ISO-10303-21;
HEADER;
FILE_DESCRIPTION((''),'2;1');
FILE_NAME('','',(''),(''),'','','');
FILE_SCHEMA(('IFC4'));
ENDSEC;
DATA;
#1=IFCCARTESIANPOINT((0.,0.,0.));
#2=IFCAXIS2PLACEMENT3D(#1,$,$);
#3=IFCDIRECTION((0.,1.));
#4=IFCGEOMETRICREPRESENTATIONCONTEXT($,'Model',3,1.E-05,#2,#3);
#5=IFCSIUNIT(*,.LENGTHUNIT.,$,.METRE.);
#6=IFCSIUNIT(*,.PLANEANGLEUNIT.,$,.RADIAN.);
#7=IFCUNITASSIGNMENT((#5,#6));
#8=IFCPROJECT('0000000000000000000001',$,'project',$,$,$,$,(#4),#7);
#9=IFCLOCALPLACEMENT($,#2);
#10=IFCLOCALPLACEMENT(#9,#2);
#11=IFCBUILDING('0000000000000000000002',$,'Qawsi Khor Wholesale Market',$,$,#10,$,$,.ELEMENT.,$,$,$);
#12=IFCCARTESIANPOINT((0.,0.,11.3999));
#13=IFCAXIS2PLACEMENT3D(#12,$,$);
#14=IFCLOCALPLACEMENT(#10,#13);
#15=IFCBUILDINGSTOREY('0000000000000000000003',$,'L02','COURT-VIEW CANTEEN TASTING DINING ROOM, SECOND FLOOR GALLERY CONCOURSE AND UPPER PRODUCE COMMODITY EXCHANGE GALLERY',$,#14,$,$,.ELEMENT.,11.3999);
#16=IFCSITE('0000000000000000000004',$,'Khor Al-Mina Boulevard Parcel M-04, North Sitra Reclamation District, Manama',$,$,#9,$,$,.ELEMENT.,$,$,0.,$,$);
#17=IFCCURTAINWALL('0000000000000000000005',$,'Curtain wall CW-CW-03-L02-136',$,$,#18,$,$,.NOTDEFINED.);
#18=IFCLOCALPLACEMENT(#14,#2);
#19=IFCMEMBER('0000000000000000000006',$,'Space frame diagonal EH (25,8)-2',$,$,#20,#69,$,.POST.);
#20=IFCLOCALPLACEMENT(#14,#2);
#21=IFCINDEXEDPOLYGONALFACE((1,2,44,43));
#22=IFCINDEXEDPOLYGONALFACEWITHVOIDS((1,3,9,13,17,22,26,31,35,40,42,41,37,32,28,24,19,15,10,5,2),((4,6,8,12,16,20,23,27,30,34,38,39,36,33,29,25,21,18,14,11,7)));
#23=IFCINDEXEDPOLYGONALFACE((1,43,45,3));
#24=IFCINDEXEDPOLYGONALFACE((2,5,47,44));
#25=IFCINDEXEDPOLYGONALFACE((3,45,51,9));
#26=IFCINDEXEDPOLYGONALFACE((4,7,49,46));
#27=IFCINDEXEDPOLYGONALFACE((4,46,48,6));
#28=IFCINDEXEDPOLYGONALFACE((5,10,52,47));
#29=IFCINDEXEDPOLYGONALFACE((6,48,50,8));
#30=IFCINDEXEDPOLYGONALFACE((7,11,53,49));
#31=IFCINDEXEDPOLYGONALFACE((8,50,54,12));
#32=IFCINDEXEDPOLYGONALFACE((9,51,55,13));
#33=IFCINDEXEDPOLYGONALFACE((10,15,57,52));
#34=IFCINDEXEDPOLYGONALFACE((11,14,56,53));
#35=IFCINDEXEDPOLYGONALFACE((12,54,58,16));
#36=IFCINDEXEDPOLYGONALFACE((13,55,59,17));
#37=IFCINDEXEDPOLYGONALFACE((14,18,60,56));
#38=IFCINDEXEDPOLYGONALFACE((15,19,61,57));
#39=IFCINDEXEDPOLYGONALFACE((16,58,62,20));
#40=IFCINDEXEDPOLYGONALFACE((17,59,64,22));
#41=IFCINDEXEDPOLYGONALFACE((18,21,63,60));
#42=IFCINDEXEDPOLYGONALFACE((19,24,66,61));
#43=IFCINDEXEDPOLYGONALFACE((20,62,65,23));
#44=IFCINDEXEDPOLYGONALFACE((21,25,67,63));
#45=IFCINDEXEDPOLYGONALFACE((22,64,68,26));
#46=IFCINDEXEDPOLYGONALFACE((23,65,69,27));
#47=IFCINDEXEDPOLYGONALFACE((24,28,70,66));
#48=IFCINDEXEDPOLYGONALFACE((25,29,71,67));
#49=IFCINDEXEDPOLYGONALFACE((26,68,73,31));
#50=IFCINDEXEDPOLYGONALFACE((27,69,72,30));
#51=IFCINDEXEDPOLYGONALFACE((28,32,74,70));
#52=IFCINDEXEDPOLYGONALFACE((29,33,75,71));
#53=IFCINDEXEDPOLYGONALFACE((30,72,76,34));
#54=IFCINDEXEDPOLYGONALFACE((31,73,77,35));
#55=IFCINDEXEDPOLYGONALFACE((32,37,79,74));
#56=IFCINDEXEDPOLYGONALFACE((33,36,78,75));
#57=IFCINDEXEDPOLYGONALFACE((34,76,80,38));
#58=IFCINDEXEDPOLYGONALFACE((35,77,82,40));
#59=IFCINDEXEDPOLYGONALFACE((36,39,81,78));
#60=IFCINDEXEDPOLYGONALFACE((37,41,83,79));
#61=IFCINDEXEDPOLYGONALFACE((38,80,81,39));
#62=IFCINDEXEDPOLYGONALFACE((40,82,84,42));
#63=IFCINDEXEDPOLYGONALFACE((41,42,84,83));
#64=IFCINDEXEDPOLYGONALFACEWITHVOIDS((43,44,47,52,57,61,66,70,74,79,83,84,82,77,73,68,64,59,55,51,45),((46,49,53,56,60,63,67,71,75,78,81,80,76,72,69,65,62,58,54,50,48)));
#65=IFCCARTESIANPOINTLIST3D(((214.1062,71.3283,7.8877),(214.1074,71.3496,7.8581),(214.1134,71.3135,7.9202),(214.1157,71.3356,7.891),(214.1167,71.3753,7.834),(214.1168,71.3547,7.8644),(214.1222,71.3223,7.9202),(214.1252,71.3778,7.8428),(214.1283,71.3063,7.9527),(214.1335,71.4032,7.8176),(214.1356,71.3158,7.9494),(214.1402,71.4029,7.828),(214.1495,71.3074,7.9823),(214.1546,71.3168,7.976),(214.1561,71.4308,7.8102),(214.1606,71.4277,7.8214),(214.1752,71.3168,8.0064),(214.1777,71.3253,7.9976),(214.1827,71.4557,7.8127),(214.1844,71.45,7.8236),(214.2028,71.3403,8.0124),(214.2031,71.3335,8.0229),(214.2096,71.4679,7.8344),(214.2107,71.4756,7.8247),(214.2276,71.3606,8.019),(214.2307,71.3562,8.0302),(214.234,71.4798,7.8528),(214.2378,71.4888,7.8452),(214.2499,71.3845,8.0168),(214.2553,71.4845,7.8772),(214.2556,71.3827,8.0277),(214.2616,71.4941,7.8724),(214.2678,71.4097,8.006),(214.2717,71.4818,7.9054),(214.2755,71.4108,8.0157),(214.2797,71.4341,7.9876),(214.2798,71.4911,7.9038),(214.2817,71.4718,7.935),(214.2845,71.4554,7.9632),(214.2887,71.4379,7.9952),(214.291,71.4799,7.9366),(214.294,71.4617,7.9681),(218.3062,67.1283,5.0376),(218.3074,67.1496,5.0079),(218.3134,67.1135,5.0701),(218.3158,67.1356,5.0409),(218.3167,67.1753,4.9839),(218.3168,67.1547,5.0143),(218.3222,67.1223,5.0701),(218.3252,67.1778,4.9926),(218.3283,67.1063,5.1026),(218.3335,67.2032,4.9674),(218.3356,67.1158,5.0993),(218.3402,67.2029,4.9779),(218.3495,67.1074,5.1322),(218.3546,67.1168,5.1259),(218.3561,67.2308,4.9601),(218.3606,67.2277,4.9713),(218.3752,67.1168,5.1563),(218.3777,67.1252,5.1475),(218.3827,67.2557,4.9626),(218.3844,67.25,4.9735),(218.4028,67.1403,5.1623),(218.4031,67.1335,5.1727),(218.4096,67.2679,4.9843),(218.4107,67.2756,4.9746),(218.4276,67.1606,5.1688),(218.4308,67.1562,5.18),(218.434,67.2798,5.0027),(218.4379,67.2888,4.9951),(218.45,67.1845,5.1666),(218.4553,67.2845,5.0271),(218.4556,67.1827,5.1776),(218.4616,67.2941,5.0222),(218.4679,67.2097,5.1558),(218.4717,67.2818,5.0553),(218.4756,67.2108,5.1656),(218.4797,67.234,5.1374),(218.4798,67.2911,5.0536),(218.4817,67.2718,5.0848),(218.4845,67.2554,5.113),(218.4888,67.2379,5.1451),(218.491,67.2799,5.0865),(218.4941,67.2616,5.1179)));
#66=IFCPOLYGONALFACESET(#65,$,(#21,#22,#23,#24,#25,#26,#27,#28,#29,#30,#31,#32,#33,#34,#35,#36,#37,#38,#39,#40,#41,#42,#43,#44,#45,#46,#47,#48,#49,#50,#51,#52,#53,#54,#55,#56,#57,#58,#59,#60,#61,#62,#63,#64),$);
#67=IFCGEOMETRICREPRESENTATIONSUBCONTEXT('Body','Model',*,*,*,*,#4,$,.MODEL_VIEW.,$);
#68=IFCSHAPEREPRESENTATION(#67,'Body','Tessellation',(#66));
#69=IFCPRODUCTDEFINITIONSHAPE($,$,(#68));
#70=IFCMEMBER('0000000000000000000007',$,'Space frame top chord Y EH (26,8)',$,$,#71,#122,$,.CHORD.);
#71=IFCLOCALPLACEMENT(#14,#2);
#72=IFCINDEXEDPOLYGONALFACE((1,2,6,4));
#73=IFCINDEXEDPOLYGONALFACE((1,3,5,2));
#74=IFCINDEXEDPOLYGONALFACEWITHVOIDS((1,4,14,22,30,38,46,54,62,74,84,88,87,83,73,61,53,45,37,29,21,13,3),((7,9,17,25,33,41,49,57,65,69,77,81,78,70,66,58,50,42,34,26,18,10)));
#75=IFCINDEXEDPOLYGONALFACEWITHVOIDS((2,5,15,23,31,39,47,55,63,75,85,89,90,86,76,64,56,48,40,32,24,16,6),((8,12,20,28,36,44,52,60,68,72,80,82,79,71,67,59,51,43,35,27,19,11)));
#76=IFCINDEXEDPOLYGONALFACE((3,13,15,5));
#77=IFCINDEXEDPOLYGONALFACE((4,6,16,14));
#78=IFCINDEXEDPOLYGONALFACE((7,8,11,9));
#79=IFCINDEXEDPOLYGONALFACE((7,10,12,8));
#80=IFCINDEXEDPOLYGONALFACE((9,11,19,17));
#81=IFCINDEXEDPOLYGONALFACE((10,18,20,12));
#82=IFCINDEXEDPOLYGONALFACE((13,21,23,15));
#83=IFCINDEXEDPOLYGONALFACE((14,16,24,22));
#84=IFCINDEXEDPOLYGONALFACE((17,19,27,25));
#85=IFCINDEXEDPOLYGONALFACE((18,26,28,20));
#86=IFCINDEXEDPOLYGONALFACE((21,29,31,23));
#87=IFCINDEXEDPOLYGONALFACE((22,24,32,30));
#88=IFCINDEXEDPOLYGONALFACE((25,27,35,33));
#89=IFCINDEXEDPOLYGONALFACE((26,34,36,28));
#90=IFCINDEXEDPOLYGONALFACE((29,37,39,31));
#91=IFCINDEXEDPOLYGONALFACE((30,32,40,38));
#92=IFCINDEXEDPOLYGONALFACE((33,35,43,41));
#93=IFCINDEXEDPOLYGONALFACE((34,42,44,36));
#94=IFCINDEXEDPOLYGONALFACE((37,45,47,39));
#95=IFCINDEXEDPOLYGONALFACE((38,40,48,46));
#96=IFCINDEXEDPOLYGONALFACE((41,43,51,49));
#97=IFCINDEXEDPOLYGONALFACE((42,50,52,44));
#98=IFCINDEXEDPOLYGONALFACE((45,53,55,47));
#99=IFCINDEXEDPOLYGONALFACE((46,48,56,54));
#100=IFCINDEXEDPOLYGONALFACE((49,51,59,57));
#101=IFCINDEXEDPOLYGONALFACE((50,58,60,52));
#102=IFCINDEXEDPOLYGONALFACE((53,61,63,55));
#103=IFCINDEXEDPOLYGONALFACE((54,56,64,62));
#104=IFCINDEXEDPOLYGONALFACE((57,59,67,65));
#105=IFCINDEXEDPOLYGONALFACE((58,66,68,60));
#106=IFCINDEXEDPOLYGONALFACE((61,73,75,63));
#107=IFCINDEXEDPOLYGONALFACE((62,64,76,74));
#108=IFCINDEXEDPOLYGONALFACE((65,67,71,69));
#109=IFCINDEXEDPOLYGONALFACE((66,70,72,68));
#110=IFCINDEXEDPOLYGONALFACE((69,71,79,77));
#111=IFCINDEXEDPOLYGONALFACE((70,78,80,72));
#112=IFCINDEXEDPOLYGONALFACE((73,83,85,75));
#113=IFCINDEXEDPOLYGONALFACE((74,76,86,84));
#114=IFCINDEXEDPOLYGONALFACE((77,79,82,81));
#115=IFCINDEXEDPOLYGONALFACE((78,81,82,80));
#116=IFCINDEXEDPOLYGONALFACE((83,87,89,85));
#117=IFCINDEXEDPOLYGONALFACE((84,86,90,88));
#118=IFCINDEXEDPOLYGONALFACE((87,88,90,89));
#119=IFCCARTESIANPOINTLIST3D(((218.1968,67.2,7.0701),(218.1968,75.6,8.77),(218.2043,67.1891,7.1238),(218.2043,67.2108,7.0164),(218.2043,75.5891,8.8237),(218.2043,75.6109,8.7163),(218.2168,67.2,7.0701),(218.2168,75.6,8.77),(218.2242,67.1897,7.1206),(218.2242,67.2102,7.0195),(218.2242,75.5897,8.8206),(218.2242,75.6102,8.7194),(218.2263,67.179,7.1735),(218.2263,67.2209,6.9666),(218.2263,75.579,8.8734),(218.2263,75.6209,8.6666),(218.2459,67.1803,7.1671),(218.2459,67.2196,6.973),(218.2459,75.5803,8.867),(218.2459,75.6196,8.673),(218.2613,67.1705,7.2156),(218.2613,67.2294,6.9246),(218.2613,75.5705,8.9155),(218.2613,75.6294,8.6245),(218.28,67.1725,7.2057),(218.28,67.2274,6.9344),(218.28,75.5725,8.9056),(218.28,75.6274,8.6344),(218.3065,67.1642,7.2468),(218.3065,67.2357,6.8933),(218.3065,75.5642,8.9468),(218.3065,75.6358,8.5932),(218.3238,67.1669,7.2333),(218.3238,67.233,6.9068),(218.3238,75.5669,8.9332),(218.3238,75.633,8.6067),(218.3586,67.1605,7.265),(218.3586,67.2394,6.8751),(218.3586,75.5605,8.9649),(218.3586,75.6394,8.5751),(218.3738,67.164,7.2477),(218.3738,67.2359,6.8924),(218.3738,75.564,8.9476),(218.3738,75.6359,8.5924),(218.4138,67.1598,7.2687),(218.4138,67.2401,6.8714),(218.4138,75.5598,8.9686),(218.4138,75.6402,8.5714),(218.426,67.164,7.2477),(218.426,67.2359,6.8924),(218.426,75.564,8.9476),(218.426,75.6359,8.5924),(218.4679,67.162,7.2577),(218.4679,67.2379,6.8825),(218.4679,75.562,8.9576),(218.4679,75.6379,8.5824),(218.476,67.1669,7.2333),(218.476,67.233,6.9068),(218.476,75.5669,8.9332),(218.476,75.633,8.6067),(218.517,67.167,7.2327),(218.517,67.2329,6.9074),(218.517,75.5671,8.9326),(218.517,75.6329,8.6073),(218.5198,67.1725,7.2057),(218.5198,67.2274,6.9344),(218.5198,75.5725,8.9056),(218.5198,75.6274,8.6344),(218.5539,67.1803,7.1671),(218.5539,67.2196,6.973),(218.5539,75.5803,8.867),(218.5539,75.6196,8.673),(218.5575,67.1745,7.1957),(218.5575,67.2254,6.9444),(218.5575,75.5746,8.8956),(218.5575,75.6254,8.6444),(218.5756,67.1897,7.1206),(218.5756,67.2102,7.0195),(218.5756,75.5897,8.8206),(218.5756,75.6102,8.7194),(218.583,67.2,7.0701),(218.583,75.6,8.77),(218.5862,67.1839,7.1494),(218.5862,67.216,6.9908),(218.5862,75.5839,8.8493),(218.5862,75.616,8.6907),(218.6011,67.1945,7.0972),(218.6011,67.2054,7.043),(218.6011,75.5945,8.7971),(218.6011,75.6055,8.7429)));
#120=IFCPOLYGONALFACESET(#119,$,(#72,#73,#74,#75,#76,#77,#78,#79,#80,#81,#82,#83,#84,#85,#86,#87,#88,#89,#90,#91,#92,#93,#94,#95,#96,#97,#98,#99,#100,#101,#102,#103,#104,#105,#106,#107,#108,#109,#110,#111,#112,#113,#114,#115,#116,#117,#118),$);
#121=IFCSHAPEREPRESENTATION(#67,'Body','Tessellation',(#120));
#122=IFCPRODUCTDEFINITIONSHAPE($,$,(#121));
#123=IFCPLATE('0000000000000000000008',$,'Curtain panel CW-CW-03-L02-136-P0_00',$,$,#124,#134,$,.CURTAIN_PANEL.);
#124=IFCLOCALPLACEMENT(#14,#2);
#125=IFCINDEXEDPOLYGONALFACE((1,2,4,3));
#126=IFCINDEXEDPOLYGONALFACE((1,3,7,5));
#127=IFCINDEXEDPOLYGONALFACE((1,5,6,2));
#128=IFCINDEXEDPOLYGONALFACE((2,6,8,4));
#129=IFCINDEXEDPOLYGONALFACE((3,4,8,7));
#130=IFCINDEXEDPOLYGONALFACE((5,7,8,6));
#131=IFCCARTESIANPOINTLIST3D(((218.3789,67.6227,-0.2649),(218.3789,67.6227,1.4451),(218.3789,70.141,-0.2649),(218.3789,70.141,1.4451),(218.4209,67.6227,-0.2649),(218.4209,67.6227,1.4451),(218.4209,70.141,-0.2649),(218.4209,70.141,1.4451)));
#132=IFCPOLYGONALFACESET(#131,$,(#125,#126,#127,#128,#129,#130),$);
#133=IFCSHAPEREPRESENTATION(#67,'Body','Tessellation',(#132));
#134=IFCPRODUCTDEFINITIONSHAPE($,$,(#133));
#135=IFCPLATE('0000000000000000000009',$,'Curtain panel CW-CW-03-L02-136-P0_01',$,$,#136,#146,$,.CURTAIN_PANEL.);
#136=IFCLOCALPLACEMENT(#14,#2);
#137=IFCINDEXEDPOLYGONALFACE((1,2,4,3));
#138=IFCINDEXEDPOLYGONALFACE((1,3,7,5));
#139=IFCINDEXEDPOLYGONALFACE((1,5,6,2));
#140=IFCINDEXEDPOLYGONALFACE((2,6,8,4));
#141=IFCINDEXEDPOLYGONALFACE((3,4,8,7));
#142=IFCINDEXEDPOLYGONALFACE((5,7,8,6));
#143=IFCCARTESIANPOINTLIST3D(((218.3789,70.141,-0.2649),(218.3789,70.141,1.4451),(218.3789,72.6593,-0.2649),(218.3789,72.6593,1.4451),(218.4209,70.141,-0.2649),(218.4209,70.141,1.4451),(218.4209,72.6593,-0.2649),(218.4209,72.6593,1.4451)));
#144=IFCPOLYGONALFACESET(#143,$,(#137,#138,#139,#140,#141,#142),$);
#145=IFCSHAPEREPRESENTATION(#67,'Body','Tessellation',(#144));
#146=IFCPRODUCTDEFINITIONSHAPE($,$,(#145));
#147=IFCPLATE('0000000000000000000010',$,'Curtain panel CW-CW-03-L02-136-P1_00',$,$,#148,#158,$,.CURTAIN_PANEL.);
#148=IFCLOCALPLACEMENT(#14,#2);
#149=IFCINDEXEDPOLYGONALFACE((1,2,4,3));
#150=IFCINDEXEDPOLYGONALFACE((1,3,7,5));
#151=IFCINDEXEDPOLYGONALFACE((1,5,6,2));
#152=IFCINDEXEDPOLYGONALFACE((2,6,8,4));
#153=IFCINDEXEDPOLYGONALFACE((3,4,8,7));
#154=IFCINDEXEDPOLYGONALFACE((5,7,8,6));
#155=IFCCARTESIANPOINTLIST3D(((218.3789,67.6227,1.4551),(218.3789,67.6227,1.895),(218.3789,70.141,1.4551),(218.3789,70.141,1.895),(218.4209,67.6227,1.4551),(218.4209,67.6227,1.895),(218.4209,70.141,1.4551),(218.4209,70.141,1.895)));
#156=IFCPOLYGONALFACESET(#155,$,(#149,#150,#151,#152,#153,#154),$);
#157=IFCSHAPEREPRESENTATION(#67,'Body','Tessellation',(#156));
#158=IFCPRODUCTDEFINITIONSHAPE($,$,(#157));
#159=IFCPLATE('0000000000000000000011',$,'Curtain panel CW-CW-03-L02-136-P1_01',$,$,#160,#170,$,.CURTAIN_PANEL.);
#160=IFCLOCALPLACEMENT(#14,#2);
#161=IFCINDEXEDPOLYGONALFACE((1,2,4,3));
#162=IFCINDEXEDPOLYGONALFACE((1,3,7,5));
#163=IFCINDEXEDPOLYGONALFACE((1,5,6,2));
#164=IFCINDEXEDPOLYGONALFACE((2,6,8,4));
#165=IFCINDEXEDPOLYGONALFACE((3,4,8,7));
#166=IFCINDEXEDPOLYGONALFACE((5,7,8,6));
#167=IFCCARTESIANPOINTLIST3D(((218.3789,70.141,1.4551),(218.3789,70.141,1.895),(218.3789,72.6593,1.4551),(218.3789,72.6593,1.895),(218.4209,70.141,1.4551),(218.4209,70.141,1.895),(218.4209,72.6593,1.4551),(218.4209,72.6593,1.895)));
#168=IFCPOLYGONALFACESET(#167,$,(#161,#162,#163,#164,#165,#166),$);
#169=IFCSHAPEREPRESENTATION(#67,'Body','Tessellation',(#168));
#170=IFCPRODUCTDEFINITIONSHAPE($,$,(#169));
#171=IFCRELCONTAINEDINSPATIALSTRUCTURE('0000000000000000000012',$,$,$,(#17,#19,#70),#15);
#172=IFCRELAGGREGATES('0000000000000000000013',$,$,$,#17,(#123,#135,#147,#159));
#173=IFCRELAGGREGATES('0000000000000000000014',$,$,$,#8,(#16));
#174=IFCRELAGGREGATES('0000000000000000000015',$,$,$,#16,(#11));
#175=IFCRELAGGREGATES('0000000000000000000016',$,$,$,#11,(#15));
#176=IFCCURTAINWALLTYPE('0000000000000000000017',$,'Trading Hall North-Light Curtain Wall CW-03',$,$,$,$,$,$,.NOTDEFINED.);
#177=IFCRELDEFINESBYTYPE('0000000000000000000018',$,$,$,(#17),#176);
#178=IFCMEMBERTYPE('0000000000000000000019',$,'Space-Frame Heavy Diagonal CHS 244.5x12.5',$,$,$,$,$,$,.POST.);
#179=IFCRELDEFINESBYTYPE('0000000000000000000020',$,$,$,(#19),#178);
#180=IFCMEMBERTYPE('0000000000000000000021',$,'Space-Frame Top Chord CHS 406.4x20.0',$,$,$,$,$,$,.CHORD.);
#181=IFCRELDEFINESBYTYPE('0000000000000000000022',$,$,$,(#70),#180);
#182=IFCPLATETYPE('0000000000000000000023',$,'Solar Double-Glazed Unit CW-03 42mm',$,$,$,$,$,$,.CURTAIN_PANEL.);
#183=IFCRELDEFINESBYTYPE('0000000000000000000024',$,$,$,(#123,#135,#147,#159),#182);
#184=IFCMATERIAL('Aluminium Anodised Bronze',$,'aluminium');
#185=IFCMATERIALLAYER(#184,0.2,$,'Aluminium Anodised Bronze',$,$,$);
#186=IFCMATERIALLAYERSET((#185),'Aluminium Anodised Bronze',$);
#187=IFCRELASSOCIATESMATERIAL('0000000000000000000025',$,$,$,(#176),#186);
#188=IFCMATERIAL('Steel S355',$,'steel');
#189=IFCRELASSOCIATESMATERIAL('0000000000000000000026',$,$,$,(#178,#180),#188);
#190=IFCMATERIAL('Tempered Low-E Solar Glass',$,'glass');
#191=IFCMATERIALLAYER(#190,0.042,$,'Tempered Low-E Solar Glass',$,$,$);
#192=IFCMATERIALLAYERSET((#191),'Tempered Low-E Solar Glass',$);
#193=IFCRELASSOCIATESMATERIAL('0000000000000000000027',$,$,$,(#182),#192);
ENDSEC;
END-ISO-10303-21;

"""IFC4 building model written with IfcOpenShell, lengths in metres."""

from ifc_helpers import new_model, si_unit, direction, frame, frame_2d, origin, origin_2d, place, context, subcontext, project, spatial, rectangle, hollow_circle, extrude, material, layer, layer_set, material_profile, profile_set, type_object, element, aggregate, save


model = new_model("IFC4")

# Units and contexts
model_context = context("Model", 3, precision=1e-05, world=origin(), true_north=direction((0.0, 1.0)))
body_context = subcontext(model_context, "Body", "Model", "MODEL_VIEW")
ifc_project = project(units=[si_unit("LENGTHUNIT", "METRE"), si_unit("PLANEANGLEUNIT", "RADIAN")], contexts=[model_context])

# Site, building, storey
site_placement = place(None, origin())
site = spatial("IfcSite", under=ifc_project, at=site_placement, Name="Khor Al-Mina Boulevard Parcel M-04, North Sitra Reclamation District, Manama", CompositionType="ELEMENT", RefElevation=0.0)
building_placement = place(site_placement, origin())
building = spatial("IfcBuilding", under=site, at=building_placement, Name="Qawsi Khor Wholesale Market", CompositionType="ELEMENT")
storey_placement = place(building_placement, frame((0.0, 0.0, 11.3999)))
storey = spatial("IfcBuildingStorey", under=building, at=storey_placement, Name="L02", Description="COURT-VIEW CANTEEN TASTING DINING ROOM, SECOND FLOOR GALLERY CONCOURSE AND UPPER PRODUCE COMMODITY EXCHANGE GALLERY", CompositionType="ELEMENT", Elevation=11.3999)

# Curtain wall
ifc_material_1 = material(Name="Aluminium Anodised Bronze", Category="aluminium")
ifc_layer_1 = layer(ifc_material_1, 0.2, Name="Aluminium Anodised Bronze")
ifc_layer_set_1 = layer_set([ifc_layer_1], Name="Aluminium Anodised Bronze")
curtain_wall_type = type_object("IfcCurtainWallType", Name="Trading Hall North-Light Curtain Wall CW-03", PredefinedType="NOTDEFINED", material=ifc_layer_set_1)
curtain_wall_placement = place(storey_placement, origin())
curtain_wall = element("IfcCurtainWall", 1, at=curtain_wall_placement, inside=storey, type_object=curtain_wall_type, Name="Curtain wall CW-CW-03-L02-136", PredefinedType="NOTDEFINED")

# Members
ifc_material_2 = material(Name="Steel S355", Category="steel")
ifc_material_profile_1 = material_profile(ifc_material_2, hollow_circle(Radius=0.1223, WallThickness=0.0125, at=origin_2d()), Name="CHS 244.5x12.5")
ifc_profile_set_1 = profile_set([ifc_material_profile_1], Name="Steel S355")
member_type_1 = type_object("IfcMemberType", Name="Space-Frame Heavy Diagonal CHS 244.5x12.5", PredefinedType="POST", material=ifc_profile_set_1)
member_1_placement = place(storey_placement, frame((218.3999, 67.2, 5.0701), z_axis=(-0.637512, 0.637512, 0.432617), x_axis=(-0.707107, -0.707107, 0.0)))
element("IfcMember", 2, at=member_1_placement, inside=storey, type_object=member_type_1, Name="Space frame diagonal EH (25,8)-2", PredefinedType="POST", context=body_context, shape_type="SweptSolid", body=[
    extrude(hollow_circle(Radius=0.1223, WallThickness=0.0125, at=origin_2d()), origin(), (0.0, 0.0, 1.0), 6.5881),
])
ifc_material_profile_2 = material_profile(ifc_material_2, hollow_circle(Radius=0.2031, WallThickness=0.02, at=origin_2d()), Name="CHS 406.4x20.0")
ifc_profile_set_2 = profile_set([ifc_material_profile_2], Name="Steel S355")
member_type_2 = type_object("IfcMemberType", Name="Space-Frame Top Chord CHS 406.4x20.0", PredefinedType="CHORD", material=ifc_profile_set_2)
member_2_placement = place(storey_placement, frame((218.3999, 67.2, 7.0701), z_axis=(0.0, 0.980131, 0.198351), x_axis=(-1.0, 0.0, 0.0)))
element("IfcMember", 3, at=member_2_placement, inside=storey, type_object=member_type_2, Name="Space frame top chord Y EH (26,8)", PredefinedType="CHORD", context=body_context, shape_type="SweptSolid", body=[
    extrude(hollow_circle(Radius=0.2031, WallThickness=0.02, at=origin_2d()), origin(), (0.0, 0.0, 1.0), 8.5703),
])

# Plates
ifc_material_3 = material(Name="Tempered Low-E Solar Glass", Category="glass")
ifc_layer_2 = layer(ifc_material_3, 0.042, Name="Tempered Low-E Solar Glass")
ifc_layer_set_2 = layer_set([ifc_layer_2], Name="Tempered Low-E Solar Glass")
plate_type = type_object("IfcPlateType", Name="Solar Double-Glazed Unit CW-03 42mm", PredefinedType="CURTAIN_PANEL", material=ifc_layer_set_2)
plate_1_placement = place(storey_placement, frame((218.3999, 67.6226, -0.2649), z_axis=(0.0, 0.0, 1.0), x_axis=(0.0, 1.0, 0.0)))
plate_1 = element("IfcPlate", 4, at=plate_1_placement, type_object=plate_type, Name="Curtain panel CW-CW-03-L02-136-P0_00", PredefinedType="CURTAIN_PANEL", context=body_context, shape_type="SweptSolid", body=[
    extrude(rectangle(XDim=2.5183, YDim=0.042, at=frame_2d((1.2593, 0.0))), origin(), (0.0, 0.0, 1.0), 1.71),
])
plate_2_placement = place(storey_placement, frame((218.3999, 70.1409, -0.2649), z_axis=(0.0, 0.0, 1.0), x_axis=(0.0, 1.0, 0.0)))
plate_2 = element("IfcPlate", 5, at=plate_2_placement, type_object=plate_type, Name="Curtain panel CW-CW-03-L02-136-P0_01", PredefinedType="CURTAIN_PANEL", context=body_context, shape_type="SweptSolid", body=[
    extrude(rectangle(XDim=2.5183, YDim=0.042, at=frame_2d((1.2593, 0.0))), origin(), (0.0, 0.0, 1.0), 1.71),
])
plate_3_placement = place(storey_placement, frame((218.3999, 67.6226, 1.4551), z_axis=(0.0, 0.0, 1.0), x_axis=(0.0, 1.0, 0.0)))
plate_3 = element("IfcPlate", 6, at=plate_3_placement, type_object=plate_type, Name="Curtain panel CW-CW-03-L02-136-P1_00", PredefinedType="CURTAIN_PANEL", context=body_context, shape_type="SweptSolid", body=[
    extrude(rectangle(XDim=2.5183, YDim=0.042, at=frame_2d((1.2593, 0.0))), origin(), (0.0, 0.0, 1.0), 0.4399),
])
plate_4_placement = place(storey_placement, frame((218.3999, 70.1409, 1.4551), z_axis=(0.0, 0.0, 1.0), x_axis=(0.0, 1.0, 0.0)))
plate_4 = element("IfcPlate", 7, at=plate_4_placement, type_object=plate_type, Name="Curtain panel CW-CW-03-L02-136-P1_01", PredefinedType="CURTAIN_PANEL", context=body_context, shape_type="SweptSolid", body=[
    extrude(rectangle(XDim=2.5183, YDim=0.042, at=frame_2d((1.2593, 0.0))), origin(), (0.0, 0.0, 1.0), 0.4399),
])
aggregate(curtain_wall, [plate_1, plate_2, plate_3, plate_4])

save(model, "model.ifc")
